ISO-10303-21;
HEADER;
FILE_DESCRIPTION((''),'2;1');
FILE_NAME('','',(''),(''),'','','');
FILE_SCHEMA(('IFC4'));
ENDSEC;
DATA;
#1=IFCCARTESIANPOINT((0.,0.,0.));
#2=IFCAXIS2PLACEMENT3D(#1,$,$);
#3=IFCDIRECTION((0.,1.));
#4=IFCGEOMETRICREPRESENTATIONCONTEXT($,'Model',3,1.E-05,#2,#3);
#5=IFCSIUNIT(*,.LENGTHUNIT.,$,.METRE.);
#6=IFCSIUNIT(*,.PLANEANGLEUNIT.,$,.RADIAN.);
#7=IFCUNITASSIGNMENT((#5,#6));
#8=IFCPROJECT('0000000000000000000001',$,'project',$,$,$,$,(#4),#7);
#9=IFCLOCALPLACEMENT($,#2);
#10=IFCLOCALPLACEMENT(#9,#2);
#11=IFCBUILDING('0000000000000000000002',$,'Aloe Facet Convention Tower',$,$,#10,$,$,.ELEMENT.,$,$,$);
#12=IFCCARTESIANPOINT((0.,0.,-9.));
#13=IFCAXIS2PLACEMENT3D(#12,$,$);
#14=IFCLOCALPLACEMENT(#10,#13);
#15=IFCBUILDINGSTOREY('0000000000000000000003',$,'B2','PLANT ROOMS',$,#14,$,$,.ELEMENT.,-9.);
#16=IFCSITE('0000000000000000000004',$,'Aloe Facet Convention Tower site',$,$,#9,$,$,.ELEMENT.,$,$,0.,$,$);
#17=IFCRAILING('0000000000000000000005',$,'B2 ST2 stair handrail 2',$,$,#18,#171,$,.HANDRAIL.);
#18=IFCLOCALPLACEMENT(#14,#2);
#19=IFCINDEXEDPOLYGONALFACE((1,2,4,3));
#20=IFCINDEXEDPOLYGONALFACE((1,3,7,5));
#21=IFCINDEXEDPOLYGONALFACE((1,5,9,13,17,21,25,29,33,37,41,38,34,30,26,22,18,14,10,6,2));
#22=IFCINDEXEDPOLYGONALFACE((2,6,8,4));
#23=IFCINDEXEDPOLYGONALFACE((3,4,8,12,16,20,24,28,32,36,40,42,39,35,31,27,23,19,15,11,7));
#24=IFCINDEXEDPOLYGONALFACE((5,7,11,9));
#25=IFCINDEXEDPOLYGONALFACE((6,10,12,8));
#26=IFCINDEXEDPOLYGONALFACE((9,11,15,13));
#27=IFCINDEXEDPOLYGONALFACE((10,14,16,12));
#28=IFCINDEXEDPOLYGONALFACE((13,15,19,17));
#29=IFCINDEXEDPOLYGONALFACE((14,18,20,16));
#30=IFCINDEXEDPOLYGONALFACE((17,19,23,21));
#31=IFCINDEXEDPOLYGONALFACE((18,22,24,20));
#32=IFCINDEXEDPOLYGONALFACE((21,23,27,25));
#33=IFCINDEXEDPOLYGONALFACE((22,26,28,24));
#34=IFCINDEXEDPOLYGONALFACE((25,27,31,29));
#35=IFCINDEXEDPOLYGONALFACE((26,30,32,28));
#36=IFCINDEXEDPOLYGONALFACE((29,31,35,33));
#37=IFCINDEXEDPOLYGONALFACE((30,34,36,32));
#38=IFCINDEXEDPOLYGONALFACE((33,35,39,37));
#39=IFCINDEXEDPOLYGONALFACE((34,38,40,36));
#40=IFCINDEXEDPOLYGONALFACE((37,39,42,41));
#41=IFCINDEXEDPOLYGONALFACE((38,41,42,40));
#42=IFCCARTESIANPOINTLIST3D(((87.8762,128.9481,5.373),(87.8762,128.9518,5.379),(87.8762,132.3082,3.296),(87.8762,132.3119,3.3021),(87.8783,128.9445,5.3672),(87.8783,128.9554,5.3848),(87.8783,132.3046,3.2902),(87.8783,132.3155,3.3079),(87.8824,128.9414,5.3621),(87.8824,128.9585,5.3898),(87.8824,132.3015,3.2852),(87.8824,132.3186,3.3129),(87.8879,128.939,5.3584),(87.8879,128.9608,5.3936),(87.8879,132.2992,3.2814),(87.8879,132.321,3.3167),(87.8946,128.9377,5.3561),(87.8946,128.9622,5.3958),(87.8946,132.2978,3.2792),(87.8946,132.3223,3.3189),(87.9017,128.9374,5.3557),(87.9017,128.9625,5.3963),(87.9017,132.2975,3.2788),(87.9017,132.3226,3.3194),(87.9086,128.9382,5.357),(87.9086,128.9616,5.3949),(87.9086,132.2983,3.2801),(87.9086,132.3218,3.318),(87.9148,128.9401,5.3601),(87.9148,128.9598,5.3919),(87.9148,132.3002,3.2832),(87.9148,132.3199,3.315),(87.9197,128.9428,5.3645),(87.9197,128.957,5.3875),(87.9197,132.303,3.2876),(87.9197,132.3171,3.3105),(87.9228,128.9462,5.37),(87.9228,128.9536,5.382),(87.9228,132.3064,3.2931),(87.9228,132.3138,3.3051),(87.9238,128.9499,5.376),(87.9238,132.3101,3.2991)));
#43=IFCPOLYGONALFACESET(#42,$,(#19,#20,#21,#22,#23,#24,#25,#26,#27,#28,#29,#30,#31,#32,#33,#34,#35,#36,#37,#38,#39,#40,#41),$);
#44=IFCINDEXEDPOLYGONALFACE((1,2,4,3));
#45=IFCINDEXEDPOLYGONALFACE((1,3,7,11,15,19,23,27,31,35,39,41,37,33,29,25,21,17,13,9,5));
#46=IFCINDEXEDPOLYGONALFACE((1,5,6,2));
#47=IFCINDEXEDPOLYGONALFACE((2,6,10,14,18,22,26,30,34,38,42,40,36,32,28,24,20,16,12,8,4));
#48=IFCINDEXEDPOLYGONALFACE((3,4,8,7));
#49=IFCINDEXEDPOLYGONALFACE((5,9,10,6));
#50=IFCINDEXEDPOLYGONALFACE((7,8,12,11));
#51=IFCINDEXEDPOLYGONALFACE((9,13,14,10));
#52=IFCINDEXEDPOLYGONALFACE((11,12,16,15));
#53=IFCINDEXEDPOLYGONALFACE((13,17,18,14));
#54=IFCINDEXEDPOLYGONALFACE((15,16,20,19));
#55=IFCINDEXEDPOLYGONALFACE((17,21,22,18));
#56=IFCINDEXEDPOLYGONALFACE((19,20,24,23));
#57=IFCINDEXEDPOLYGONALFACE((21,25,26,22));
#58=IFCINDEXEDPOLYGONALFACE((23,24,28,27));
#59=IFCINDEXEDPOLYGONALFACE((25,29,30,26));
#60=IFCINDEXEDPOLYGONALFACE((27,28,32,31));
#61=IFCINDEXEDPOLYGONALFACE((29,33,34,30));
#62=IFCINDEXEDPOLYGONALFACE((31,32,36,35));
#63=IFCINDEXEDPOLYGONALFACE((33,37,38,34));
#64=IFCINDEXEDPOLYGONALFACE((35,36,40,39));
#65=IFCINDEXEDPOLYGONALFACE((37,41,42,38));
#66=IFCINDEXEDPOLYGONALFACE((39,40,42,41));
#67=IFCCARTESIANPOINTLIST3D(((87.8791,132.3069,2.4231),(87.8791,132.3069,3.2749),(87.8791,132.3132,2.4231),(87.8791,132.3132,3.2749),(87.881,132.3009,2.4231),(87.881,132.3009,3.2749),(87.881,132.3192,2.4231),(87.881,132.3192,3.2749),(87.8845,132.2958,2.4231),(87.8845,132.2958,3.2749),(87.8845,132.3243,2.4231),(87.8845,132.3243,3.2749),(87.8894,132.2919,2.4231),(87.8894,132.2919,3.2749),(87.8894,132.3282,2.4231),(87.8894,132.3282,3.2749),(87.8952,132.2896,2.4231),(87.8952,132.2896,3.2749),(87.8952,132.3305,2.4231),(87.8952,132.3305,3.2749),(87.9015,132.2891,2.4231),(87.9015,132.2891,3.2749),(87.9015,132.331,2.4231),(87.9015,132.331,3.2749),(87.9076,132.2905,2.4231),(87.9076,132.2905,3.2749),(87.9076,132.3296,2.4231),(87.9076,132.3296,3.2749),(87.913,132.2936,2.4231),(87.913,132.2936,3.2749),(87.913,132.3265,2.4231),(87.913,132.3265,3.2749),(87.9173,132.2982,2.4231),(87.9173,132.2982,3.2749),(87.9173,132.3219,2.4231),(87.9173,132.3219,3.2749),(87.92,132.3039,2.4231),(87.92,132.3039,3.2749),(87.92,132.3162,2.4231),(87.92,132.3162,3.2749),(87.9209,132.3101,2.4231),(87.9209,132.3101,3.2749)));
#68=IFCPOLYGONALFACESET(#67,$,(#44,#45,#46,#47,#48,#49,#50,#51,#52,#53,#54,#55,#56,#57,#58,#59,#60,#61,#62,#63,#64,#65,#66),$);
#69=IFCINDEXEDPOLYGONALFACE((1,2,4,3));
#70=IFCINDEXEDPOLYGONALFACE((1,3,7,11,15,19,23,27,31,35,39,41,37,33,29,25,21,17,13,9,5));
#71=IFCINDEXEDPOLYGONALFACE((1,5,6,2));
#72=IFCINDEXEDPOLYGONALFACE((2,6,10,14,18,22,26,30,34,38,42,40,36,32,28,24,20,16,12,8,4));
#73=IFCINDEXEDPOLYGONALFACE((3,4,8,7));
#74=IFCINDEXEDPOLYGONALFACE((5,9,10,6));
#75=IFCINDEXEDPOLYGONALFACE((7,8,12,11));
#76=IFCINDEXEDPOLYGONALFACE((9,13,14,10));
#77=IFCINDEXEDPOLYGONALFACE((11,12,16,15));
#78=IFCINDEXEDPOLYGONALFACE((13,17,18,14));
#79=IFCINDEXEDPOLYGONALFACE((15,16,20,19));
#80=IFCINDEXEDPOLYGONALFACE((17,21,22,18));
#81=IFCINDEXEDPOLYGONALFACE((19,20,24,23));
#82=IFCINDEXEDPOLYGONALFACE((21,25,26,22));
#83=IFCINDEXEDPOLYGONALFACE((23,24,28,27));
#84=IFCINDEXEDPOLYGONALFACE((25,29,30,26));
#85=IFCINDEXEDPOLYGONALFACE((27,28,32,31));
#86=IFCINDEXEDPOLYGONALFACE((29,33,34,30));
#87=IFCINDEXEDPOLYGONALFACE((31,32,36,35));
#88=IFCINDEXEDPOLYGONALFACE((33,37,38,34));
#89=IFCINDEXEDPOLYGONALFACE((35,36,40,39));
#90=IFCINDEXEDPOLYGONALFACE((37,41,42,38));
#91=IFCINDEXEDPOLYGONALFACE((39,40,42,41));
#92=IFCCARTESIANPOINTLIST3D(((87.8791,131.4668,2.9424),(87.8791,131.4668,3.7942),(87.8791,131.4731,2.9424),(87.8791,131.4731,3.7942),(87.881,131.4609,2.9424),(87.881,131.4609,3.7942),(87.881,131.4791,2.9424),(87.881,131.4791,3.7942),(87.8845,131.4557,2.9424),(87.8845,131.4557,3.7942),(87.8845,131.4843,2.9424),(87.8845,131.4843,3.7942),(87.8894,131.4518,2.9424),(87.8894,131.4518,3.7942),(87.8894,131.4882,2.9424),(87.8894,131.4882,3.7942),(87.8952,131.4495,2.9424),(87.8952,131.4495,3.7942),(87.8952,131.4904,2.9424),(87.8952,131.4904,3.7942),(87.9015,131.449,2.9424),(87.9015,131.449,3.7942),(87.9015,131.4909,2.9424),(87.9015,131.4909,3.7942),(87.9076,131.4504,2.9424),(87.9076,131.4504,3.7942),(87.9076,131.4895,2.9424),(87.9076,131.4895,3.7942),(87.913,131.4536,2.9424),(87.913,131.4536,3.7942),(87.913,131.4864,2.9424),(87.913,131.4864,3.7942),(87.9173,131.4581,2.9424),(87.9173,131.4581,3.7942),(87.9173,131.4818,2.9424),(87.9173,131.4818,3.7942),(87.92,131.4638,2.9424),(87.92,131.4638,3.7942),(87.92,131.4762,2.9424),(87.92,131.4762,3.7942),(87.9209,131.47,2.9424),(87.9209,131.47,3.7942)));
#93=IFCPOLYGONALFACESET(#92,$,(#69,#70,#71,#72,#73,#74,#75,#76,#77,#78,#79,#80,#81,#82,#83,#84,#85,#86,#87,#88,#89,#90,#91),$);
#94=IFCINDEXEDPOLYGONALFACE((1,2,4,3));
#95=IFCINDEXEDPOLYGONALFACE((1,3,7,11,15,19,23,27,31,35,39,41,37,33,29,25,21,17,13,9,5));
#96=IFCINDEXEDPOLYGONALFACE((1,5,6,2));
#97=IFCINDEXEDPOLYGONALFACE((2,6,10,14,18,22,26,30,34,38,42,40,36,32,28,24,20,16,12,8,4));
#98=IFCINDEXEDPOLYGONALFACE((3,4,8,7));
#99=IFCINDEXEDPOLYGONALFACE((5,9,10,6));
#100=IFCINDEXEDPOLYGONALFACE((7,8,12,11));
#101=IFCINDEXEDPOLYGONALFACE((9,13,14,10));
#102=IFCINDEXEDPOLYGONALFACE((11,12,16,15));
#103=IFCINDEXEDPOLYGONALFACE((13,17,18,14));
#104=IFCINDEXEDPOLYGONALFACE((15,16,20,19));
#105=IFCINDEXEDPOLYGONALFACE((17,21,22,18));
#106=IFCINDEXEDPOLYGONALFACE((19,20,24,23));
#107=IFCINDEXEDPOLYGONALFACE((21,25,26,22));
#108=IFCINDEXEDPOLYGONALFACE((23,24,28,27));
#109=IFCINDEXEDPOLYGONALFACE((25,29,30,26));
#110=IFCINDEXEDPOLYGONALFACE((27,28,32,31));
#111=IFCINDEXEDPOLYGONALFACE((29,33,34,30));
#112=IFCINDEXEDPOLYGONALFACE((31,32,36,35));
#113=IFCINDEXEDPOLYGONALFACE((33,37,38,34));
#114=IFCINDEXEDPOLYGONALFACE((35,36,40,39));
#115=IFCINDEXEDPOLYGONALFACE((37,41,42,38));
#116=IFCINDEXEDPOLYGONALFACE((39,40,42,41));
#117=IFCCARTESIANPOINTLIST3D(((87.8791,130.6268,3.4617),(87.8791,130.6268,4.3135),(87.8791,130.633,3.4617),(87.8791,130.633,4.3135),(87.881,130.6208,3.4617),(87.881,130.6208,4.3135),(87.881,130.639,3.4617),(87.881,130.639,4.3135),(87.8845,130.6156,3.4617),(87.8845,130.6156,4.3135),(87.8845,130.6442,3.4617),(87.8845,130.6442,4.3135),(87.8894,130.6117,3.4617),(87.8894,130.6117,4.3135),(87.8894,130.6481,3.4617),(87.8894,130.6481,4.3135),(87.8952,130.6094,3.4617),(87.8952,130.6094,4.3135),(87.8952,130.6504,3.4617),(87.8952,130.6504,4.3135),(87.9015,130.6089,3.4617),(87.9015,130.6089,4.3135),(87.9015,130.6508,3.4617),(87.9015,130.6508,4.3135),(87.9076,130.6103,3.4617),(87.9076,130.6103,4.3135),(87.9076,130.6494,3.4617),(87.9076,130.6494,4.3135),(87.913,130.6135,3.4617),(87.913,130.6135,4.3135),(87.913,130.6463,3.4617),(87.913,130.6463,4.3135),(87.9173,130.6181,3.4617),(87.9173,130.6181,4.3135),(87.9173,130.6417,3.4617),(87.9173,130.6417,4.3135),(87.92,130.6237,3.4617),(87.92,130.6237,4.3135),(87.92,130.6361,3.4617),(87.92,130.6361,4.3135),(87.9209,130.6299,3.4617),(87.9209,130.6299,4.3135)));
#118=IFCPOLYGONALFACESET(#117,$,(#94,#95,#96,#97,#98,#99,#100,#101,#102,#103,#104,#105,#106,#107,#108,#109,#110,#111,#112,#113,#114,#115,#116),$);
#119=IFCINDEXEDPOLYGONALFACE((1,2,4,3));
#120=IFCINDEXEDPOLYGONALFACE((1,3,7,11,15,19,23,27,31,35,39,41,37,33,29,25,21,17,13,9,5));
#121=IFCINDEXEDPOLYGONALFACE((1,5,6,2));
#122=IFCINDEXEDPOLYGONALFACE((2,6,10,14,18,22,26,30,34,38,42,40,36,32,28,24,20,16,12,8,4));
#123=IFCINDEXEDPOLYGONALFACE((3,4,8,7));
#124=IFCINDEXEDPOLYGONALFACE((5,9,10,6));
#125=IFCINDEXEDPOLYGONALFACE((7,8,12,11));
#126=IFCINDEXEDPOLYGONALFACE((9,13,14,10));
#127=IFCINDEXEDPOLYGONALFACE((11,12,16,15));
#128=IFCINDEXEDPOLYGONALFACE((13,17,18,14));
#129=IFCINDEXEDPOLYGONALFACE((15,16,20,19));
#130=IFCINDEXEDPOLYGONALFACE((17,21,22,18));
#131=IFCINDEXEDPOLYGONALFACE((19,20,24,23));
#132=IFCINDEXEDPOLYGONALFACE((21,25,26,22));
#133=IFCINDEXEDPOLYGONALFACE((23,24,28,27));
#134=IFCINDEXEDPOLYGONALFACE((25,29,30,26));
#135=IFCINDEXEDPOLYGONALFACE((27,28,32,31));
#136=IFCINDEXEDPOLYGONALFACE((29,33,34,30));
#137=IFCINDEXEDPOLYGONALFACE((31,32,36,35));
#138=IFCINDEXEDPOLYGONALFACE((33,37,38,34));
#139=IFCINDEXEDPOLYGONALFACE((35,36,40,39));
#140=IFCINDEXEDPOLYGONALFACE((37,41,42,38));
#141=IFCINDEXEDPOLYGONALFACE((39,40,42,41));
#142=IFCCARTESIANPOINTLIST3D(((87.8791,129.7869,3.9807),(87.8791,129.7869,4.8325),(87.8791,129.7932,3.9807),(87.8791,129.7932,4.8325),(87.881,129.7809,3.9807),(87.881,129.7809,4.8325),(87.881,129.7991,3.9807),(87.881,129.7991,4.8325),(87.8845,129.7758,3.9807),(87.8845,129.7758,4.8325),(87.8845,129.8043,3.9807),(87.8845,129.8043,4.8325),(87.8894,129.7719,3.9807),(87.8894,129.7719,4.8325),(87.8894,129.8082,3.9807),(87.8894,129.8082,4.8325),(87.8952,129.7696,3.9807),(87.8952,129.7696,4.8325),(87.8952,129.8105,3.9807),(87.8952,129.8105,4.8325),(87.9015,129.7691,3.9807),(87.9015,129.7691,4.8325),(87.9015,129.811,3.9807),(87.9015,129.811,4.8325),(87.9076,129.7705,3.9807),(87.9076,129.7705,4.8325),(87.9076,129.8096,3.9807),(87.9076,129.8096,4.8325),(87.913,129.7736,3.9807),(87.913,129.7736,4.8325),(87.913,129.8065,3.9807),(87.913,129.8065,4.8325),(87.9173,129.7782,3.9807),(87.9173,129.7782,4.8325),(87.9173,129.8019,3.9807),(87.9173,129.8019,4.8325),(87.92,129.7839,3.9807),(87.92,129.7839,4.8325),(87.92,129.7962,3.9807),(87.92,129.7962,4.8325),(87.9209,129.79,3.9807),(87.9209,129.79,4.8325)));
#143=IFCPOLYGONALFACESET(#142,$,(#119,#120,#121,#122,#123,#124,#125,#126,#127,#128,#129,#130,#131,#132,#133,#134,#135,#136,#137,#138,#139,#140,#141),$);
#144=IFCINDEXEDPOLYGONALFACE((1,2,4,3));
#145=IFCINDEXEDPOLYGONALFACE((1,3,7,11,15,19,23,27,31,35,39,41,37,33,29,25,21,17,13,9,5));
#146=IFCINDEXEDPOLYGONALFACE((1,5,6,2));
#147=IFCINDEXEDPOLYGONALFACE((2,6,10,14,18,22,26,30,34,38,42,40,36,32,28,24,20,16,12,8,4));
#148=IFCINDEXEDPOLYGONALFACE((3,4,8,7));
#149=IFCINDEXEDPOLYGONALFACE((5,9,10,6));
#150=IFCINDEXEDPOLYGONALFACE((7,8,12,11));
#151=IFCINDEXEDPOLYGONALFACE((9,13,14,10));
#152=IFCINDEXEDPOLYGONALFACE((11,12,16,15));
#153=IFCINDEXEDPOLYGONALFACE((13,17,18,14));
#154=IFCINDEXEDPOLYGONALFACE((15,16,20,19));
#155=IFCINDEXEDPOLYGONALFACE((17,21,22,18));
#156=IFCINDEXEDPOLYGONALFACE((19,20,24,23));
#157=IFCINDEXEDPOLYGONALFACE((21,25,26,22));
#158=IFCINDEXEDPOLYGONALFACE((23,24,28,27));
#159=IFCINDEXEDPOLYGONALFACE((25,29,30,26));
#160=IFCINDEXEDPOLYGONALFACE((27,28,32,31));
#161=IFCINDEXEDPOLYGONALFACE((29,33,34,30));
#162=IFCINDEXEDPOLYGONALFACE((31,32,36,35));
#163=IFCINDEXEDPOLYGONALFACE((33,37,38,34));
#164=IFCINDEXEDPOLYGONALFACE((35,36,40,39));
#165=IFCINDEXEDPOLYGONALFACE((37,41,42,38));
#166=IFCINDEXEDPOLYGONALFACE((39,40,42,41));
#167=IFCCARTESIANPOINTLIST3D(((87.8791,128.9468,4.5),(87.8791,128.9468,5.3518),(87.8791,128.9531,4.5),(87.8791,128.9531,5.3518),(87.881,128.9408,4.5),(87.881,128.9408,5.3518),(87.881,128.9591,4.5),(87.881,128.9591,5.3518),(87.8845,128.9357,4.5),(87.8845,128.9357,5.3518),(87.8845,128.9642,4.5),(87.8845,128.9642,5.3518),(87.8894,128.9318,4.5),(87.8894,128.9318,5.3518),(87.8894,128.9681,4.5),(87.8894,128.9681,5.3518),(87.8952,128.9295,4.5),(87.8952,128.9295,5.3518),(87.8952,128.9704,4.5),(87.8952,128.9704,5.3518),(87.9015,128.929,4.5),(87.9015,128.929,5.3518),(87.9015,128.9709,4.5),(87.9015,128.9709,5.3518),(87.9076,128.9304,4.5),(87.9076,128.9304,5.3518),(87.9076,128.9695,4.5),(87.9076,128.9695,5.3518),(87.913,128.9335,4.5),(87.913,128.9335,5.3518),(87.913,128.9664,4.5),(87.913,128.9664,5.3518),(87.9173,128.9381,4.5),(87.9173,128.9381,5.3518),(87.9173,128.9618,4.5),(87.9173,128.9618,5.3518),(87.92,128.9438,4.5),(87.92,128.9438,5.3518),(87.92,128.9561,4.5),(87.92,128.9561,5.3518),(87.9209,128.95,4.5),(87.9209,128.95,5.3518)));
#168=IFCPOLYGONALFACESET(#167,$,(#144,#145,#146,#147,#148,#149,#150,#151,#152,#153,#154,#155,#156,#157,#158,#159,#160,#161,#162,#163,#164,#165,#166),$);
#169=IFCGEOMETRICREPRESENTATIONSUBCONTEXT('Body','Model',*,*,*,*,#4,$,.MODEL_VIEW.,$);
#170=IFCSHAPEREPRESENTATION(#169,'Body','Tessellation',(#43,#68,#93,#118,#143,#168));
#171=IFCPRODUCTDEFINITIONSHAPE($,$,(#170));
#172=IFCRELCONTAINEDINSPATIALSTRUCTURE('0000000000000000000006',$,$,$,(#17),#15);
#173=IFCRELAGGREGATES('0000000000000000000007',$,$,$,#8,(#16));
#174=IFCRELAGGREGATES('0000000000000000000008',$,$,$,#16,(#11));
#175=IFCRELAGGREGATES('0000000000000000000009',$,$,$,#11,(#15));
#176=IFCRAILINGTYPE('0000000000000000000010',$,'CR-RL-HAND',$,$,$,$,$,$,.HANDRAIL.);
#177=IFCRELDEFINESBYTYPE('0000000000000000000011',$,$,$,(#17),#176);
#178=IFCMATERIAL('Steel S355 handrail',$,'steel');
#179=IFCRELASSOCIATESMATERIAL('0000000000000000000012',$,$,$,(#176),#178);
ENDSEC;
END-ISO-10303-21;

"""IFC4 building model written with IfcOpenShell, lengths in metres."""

from ifc_helpers import new_model, si_unit, direction, frame, origin, origin_2d, place, context, subcontext, project, spatial, circle, extrude, material, type_object, element, save


model = new_model("IFC4")

# Units and contexts
model_context = context("Model", 3, precision=1e-05, world=origin(), true_north=direction((0.0, 1.0)))
body_context = subcontext(model_context, "Body", "Model", "MODEL_VIEW")
ifc_project = project(units=[si_unit("LENGTHUNIT", "METRE"), si_unit("PLANEANGLEUNIT", "RADIAN")], contexts=[model_context])

# Site, building, storey
site_placement = place(None, origin())
site = spatial("IfcSite", under=ifc_project, at=site_placement, Name="Aloe Facet Convention Tower site", CompositionType="ELEMENT", RefElevation=0.0)
building_placement = place(site_placement, origin())
building = spatial("IfcBuilding", under=site, at=building_placement, Name="Aloe Facet Convention Tower", CompositionType="ELEMENT")
storey_placement = place(building_placement, frame((0.0, 0.0, -9.0)))
storey = spatial("IfcBuildingStorey", under=building, at=storey_placement, Name="B2", Description="PLANT ROOMS", CompositionType="ELEMENT", Elevation=-9.0)

# Railing
ifc_material_1 = material(Name="Steel S355 handrail", Category="steel")
railing_type_1 = type_object("IfcRailingType", Name="CR-RL-HAND", PredefinedType="HANDRAIL", material=ifc_material_1)
railing_1_placement = place(storey_placement, frame((87.8999, 132.3101, 2.4231)))
element("IfcRailing", 1, at=railing_1_placement, inside=storey, type_object=railing_type_1, Name="B2 ST2 stair handrail 2", PredefinedType="HANDRAIL", context=body_context, shape_type="SweptSolid", body=[
    extrude(circle(Radius=0.0239, at=origin_2d()), frame((0.0, 0.0, 0.876), z_axis=(0.0, -0.850623, 0.525776), x_axis=(1.0, 0.0, 0.0)), (0.0, 0.0, 1.0), 3.9502),
    extrude(circle(Radius=0.021, at=origin_2d()), origin(), (0.0, 0.0, 1.0), 0.8518),
    extrude(circle(Radius=0.021, at=origin_2d()), frame((0.0, -0.8401, 0.5193)), (0.0, 0.0, 1.0), 0.8518),
    extrude(circle(Radius=0.021, at=origin_2d()), frame((0.0, -1.6802, 1.0386)), (0.0, 0.0, 1.0), 0.8518),
    extrude(circle(Radius=0.021, at=origin_2d()), frame((0.0, -2.52, 1.5576)), (0.0, 0.0, 1.0), 0.8518),
    extrude(circle(Radius=0.021, at=origin_2d()), frame((0.0, -3.3601, 2.0769)), (0.0, 0.0, 1.0), 0.8518),
])

save(model, "model.ifc")
